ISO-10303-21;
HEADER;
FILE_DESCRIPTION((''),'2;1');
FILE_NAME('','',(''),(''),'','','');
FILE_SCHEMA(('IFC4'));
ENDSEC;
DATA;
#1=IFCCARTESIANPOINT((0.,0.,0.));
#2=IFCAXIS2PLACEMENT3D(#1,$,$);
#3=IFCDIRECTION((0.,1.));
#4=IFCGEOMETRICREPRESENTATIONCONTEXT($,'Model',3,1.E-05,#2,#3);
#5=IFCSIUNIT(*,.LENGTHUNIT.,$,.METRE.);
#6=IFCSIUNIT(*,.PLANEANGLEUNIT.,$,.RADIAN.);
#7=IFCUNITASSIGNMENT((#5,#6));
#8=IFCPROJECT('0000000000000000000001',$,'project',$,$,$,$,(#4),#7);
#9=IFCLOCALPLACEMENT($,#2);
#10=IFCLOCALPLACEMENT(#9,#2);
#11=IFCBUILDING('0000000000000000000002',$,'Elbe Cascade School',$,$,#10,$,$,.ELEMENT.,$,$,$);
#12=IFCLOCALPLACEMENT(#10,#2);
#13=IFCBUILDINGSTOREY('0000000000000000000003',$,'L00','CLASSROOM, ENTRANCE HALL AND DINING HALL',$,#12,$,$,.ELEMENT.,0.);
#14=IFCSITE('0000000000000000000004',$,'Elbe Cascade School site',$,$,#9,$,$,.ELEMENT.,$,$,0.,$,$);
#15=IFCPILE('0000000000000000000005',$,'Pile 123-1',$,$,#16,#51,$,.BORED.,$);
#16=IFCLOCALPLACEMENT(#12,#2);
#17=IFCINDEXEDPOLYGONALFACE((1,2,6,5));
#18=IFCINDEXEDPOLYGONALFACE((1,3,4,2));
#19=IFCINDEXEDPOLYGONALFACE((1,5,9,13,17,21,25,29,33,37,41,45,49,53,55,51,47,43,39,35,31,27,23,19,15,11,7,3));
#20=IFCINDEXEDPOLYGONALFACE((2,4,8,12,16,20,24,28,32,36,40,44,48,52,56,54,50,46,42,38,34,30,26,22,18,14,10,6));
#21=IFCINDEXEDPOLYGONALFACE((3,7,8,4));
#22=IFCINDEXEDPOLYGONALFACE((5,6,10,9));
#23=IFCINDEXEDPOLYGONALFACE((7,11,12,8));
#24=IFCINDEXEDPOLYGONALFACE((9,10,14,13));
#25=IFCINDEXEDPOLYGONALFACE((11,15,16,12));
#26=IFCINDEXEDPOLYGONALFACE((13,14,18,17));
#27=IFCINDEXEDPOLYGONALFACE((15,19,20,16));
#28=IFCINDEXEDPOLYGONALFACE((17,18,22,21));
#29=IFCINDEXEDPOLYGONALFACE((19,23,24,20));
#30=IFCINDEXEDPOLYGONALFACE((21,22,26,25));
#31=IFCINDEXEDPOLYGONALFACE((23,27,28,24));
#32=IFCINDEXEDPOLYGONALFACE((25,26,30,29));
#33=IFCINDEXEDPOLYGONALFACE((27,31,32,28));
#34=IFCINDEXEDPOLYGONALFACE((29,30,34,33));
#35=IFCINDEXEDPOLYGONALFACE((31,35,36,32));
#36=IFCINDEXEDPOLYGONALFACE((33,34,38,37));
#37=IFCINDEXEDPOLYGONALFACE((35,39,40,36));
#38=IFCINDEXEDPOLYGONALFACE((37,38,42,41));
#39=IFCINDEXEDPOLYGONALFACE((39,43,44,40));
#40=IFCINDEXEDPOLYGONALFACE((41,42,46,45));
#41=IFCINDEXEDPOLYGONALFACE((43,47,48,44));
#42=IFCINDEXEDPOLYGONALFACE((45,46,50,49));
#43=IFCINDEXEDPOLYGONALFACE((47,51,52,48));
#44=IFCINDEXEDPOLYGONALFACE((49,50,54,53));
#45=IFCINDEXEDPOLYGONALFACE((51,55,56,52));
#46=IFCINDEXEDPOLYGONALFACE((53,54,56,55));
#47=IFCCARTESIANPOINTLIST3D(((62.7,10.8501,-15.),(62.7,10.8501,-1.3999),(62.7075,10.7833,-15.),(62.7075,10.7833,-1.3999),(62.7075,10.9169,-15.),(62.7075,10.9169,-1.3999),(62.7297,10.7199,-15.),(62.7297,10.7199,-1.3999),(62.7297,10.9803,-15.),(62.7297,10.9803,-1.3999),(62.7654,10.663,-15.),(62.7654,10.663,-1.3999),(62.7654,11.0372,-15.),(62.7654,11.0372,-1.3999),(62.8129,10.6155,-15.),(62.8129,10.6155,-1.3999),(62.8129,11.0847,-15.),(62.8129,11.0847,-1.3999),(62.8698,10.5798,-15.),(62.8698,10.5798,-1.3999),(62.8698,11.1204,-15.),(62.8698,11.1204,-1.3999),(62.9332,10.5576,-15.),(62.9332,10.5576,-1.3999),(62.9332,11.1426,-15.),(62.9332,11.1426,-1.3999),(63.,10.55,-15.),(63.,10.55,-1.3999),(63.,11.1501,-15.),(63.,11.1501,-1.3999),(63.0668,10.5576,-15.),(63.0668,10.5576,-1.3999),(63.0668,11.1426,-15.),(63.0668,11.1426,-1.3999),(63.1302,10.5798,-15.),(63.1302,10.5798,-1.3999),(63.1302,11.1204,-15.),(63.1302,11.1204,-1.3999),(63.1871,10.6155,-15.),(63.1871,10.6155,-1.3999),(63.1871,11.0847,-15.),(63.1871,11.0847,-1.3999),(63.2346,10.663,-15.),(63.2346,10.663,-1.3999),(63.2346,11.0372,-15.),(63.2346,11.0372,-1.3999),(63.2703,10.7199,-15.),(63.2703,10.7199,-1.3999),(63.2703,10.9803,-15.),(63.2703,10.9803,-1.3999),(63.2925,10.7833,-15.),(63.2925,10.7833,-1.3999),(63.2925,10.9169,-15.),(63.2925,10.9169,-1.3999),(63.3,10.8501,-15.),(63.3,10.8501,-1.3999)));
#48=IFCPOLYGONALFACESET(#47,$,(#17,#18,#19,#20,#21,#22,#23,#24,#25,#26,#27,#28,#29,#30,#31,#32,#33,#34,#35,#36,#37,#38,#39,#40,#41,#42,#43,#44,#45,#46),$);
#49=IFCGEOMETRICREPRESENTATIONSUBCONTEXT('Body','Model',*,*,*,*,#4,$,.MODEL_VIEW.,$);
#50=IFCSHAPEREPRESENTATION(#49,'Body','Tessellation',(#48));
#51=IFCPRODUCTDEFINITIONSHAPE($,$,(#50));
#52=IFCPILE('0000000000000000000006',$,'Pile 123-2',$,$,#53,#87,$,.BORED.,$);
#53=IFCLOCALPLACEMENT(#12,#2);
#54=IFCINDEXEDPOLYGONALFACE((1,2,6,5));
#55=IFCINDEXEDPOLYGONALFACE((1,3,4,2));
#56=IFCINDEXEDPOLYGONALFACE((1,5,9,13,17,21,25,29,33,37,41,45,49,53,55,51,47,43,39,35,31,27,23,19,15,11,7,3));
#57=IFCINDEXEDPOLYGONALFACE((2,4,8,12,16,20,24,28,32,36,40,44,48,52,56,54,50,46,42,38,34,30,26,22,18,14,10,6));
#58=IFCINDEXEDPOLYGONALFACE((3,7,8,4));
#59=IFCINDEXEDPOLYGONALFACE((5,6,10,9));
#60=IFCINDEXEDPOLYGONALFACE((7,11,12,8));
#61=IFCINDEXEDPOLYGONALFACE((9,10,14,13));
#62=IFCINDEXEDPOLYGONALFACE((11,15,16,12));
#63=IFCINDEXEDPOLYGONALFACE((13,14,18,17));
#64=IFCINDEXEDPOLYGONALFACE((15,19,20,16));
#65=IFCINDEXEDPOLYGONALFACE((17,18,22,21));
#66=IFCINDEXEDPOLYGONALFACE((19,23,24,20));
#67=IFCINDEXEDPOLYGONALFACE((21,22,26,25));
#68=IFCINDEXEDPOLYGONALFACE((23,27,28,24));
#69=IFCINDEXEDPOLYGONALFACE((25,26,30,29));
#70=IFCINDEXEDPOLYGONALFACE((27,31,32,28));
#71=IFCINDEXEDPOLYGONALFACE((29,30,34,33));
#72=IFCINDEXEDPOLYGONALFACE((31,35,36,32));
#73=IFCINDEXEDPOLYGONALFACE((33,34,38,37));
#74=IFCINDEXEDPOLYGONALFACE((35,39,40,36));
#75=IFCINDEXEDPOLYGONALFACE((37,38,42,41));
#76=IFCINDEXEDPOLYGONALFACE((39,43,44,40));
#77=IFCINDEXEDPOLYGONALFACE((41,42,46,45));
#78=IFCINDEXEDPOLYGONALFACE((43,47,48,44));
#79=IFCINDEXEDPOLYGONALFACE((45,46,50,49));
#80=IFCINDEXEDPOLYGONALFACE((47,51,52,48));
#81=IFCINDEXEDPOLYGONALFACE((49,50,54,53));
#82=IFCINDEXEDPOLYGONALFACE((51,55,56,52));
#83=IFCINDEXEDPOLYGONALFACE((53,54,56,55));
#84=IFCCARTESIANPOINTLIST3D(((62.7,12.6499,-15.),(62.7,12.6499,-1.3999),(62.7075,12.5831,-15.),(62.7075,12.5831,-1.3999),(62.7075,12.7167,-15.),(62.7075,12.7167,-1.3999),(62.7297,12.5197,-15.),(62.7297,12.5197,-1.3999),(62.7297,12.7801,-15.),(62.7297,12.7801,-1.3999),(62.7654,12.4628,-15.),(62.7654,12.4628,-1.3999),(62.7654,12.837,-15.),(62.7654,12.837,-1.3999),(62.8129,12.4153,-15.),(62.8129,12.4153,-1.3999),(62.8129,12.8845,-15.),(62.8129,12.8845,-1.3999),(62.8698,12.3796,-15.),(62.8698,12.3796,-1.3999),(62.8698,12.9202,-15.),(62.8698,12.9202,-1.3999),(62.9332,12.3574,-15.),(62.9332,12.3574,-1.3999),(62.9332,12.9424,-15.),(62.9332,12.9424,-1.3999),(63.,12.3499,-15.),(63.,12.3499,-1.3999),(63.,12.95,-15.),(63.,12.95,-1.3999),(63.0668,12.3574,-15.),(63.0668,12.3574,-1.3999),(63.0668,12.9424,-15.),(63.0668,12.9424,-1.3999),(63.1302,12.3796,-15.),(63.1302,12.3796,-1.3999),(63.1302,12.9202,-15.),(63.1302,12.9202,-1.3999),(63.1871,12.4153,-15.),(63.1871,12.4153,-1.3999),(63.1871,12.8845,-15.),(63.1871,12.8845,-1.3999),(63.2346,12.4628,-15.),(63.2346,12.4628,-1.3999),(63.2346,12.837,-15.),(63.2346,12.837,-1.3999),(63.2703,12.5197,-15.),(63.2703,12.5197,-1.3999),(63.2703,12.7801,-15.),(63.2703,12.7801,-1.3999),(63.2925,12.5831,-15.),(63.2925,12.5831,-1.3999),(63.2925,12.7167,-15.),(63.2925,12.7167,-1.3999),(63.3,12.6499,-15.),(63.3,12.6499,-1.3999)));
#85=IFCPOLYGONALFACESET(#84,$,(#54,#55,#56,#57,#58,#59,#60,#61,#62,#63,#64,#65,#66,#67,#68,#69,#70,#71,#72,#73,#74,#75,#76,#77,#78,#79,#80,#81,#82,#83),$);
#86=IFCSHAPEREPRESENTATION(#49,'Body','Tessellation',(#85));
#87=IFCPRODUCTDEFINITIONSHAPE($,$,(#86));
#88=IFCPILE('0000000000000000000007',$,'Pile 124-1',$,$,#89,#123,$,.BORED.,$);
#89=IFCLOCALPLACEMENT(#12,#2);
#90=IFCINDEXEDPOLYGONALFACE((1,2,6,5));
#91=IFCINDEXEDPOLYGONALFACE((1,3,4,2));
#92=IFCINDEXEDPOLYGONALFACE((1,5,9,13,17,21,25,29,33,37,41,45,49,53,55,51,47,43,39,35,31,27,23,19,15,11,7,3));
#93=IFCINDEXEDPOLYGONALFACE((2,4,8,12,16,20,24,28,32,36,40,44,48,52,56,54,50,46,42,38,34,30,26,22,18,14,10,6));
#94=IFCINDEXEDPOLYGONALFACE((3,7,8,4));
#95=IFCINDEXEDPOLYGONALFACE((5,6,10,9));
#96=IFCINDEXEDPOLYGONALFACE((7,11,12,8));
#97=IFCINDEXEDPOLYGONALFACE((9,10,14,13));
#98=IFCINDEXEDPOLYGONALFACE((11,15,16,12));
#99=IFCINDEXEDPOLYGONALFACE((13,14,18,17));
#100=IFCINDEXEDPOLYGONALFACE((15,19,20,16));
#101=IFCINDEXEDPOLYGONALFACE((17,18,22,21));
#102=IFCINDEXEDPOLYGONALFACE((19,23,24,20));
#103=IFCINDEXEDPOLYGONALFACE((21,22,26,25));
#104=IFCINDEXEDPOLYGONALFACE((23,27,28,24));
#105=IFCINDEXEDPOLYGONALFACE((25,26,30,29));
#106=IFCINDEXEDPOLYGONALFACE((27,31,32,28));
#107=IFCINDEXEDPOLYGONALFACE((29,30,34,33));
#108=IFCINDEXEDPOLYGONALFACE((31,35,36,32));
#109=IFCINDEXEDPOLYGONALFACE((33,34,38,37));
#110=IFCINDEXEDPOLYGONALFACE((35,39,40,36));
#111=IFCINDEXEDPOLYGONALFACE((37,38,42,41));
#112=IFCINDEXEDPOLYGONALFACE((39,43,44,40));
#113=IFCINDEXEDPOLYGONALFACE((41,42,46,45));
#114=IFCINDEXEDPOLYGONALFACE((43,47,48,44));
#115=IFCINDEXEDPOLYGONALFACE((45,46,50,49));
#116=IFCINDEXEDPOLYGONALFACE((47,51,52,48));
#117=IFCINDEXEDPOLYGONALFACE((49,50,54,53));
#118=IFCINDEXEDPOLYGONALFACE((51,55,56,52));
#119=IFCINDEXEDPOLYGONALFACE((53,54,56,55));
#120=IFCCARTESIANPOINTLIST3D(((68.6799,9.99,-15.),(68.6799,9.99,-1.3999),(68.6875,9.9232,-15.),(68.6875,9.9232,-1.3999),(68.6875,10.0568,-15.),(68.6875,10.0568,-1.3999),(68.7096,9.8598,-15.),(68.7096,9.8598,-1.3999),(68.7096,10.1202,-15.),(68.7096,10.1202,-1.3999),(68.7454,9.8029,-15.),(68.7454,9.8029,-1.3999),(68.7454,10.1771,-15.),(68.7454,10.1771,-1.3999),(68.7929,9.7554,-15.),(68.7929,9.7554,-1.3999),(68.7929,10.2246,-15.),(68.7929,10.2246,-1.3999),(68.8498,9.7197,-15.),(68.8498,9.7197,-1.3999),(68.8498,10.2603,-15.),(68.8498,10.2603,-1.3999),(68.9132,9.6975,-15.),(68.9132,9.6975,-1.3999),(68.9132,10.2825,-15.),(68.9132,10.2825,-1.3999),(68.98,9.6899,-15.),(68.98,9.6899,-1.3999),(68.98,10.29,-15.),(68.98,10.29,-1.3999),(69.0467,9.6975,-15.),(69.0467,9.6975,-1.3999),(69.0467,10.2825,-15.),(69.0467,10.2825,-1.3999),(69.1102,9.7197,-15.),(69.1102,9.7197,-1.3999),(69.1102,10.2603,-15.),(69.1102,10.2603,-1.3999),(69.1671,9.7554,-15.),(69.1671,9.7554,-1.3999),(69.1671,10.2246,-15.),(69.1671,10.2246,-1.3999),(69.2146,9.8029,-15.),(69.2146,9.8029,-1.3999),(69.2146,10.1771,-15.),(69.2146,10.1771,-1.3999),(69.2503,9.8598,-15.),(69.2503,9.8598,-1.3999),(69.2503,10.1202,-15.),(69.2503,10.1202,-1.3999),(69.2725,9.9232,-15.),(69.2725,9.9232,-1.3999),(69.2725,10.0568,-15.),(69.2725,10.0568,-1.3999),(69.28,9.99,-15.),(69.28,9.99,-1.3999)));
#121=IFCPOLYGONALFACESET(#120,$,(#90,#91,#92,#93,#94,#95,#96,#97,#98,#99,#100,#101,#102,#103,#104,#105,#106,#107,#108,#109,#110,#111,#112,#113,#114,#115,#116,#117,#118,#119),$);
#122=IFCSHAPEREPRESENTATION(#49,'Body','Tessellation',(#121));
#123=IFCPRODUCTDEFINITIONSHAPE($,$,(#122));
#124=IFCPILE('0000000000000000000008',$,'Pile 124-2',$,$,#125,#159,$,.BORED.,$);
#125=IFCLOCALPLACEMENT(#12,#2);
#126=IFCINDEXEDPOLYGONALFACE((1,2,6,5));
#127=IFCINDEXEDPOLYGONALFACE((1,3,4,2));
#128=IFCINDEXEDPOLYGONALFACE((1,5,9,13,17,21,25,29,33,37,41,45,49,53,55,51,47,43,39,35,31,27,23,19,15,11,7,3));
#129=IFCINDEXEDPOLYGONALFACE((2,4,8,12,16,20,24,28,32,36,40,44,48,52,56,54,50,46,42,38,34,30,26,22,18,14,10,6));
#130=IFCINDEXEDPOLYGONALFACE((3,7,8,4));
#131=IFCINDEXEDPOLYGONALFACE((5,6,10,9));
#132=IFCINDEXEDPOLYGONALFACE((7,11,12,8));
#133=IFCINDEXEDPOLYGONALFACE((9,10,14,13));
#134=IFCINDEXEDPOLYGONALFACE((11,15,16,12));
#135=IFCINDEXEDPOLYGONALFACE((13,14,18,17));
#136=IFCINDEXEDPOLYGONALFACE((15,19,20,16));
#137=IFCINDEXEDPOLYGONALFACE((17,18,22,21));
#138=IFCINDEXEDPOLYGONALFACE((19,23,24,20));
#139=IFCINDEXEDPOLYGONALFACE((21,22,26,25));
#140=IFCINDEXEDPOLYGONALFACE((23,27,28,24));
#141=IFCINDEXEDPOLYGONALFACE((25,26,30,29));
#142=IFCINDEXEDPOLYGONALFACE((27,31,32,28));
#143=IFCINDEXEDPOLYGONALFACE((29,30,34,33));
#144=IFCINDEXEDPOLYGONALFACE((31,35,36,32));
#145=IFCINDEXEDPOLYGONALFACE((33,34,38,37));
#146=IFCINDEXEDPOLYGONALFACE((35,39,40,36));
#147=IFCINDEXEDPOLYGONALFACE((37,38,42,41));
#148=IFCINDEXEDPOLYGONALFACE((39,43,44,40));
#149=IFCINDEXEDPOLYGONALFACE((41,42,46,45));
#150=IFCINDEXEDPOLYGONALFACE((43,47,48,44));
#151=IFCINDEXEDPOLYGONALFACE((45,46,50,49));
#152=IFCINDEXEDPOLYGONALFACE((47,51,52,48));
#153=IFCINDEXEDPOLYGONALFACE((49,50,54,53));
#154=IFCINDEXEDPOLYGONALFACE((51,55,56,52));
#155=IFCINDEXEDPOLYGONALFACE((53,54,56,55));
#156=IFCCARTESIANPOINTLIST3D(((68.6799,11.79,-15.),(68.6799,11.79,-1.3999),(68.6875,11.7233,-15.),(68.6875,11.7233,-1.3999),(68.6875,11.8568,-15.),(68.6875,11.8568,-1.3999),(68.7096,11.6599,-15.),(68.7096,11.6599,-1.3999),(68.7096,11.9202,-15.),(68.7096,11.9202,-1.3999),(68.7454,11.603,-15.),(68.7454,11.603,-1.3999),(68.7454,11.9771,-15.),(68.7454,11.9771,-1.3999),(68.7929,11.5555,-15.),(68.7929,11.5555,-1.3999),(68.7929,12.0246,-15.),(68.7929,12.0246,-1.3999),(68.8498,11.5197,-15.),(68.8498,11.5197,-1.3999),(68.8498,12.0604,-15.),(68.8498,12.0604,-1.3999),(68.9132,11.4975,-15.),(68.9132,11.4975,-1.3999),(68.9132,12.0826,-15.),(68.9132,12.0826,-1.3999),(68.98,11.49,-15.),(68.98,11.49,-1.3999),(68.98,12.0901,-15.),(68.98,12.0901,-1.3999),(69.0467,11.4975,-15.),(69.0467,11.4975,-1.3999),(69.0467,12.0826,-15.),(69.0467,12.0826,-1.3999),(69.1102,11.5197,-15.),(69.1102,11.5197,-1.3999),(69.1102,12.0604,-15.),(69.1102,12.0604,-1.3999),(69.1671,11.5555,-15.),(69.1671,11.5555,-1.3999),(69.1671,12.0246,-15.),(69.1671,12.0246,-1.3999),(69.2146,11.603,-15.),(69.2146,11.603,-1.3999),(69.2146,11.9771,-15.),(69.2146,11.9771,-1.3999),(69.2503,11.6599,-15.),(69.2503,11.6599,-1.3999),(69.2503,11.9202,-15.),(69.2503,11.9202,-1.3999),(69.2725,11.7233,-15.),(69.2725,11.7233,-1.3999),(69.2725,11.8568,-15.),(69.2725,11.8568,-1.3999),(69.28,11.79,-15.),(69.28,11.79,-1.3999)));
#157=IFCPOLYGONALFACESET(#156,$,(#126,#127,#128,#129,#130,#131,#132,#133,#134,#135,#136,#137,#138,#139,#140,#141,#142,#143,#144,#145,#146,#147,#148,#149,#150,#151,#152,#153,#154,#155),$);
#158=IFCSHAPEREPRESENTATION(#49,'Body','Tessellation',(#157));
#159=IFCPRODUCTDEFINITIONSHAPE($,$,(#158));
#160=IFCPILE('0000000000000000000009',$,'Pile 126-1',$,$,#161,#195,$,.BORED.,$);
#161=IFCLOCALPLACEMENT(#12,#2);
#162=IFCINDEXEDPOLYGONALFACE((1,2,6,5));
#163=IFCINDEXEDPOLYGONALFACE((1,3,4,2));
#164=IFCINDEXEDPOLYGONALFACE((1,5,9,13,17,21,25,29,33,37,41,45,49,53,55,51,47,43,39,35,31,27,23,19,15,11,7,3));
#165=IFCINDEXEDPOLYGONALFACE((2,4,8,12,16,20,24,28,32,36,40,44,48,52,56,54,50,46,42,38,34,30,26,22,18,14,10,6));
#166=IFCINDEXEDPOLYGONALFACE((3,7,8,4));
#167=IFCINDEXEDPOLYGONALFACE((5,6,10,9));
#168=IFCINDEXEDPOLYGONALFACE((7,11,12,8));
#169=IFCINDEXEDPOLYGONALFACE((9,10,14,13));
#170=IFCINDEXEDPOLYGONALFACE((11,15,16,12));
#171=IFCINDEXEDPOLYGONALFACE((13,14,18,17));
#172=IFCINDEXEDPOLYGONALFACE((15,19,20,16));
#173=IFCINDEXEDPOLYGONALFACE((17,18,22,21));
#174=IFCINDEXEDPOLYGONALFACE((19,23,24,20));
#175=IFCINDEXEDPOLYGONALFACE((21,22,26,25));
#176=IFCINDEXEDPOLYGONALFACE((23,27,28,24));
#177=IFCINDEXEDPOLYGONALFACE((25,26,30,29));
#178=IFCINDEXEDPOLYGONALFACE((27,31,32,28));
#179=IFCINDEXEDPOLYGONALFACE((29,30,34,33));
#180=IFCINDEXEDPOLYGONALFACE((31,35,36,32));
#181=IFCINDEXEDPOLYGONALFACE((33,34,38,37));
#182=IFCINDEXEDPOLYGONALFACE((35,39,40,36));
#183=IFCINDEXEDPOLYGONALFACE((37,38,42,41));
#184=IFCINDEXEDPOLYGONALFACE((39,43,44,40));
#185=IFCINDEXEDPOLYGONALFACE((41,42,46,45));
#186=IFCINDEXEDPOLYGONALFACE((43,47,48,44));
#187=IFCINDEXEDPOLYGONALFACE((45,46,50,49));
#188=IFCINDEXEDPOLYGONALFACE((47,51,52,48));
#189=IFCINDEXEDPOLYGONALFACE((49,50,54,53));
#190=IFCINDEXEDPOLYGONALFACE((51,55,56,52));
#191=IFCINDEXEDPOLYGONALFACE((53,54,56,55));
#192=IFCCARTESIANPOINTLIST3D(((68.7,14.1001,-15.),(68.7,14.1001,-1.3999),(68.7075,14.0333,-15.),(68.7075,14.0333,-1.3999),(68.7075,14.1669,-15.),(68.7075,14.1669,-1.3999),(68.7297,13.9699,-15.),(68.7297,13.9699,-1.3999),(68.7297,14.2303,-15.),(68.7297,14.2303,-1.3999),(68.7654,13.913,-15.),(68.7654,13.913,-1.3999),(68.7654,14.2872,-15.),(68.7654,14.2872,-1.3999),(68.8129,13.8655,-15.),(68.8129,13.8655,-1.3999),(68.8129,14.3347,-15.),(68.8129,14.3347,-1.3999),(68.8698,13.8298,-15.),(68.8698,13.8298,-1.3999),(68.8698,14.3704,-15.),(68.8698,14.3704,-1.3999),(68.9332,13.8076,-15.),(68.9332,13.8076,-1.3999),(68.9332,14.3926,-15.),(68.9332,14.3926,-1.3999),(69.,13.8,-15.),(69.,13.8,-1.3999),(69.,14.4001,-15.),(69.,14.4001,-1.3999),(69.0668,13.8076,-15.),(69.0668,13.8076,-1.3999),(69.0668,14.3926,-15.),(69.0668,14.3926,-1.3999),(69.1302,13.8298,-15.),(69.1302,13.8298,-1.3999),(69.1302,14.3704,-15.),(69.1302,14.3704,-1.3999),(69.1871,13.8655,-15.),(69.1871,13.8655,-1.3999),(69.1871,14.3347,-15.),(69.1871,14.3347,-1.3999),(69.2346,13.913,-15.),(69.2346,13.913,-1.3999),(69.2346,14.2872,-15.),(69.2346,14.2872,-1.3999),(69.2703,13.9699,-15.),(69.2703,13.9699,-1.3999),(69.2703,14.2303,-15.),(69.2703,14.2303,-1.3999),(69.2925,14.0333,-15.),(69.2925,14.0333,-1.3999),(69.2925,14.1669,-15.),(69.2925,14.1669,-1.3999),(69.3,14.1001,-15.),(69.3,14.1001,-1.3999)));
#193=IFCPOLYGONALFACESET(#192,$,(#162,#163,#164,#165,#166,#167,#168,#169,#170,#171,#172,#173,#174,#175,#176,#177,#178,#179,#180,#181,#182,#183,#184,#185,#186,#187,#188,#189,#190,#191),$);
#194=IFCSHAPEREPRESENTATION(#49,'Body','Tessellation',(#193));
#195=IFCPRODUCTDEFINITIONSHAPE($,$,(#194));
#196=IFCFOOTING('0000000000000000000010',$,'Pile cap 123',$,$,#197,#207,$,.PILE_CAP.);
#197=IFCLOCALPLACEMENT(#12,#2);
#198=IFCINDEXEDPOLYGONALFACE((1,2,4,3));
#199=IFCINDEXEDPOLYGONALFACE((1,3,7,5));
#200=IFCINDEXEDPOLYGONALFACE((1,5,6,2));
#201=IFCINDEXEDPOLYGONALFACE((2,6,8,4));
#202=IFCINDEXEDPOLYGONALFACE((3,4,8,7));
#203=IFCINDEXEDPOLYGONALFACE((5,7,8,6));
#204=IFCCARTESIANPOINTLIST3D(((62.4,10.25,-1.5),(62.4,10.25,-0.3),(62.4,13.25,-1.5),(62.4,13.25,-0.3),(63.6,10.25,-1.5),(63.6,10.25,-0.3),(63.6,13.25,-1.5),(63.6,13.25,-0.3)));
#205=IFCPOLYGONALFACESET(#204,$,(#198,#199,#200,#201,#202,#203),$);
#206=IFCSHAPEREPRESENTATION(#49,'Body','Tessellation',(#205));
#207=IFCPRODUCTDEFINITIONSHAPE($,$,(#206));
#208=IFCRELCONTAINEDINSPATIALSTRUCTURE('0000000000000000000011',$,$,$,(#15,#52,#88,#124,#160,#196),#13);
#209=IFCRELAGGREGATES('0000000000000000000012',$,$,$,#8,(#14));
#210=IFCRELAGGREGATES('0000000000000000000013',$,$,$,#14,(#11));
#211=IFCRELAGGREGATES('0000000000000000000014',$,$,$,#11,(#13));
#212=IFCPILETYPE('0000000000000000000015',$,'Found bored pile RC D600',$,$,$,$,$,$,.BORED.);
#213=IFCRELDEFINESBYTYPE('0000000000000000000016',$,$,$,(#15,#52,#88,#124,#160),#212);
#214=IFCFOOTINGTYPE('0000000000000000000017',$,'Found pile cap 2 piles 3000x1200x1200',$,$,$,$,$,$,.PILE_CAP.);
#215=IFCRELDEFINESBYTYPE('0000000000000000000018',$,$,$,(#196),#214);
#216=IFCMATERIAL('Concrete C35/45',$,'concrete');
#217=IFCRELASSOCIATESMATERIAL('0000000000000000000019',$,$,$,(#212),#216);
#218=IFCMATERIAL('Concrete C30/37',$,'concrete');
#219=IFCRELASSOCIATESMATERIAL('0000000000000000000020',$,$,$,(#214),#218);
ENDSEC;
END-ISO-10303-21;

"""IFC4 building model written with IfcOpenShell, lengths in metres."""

from ifc_helpers import new_model, si_unit, direction, frame, origin, origin_2d, place, context, subcontext, project, spatial, rectangle, circle, extrude, material, material_profile, profile_set, type_object, element, save


model = new_model("IFC4")

# Units and contexts
model_context = context("Model", 3, precision=1e-05, world=origin(), true_north=direction((0.0, 1.0)))
body_context = subcontext(model_context, "Body", "Model", "MODEL_VIEW")
ifc_project = project(units=[si_unit("LENGTHUNIT", "METRE"), si_unit("PLANEANGLEUNIT", "RADIAN")], contexts=[model_context])

# Site, building, storey
site_placement = place(None, origin())
site = spatial("IfcSite", under=ifc_project, at=site_placement, Name="Elbe Cascade School site", CompositionType="ELEMENT", RefElevation=0.0)
building_placement = place(site_placement, origin())
building = spatial("IfcBuilding", under=site, at=building_placement, Name="Elbe Cascade School", CompositionType="ELEMENT")
storey_placement = place(building_placement, origin())
storey = spatial("IfcBuildingStorey", under=building, at=storey_placement, Name="L00", Description="CLASSROOM, ENTRANCE HALL AND DINING HALL", CompositionType="ELEMENT", Elevation=0.0)

# Piles
ifc_material_1 = material(Name="Concrete C35/45", Category="concrete")
ifc_material_profile_1 = material_profile(ifc_material_1, circle(Radius=0.3, at=origin_2d()), Name="RC D600")
ifc_profile_set_1 = profile_set([ifc_material_profile_1], Name="Concrete C35/45")
pile_type = type_object("IfcPileType", Name="Found bored pile RC D600", PredefinedType="BORED", material=ifc_profile_set_1)
for number, where, z_axis, x_axis, name in (
    (1, (63.0, 10.8501, -1.3999), (0.0, 0.0, -1.0), (1.0, 0.0, 0.0), "Pile 123-1"),
    (2, (63.0, 12.6499, -1.3999), (0.0, 0.0, -1.0), (1.0, 0.0, 0.0), "Pile 123-2"),
    (3, (68.98, 9.99, -1.3999), (0.0, 0.0, -1.0), (1.0, 0.0, 0.0), "Pile 124-1"),
    (4, (68.98, 11.79, -1.3999), (0.0, 0.0, -1.0), (1.0, 0.0, 0.0), "Pile 124-2"),
    (5, (69.0, 14.1001, -1.3999), (0.0, 0.0, -1.0), (1.0, 0.0, 0.0), "Pile 126-1"),
):
    element("IfcPile", number, at=place(storey_placement, frame(where, z_axis=z_axis, x_axis=x_axis)), inside=storey, type_object=pile_type, Name=name, PredefinedType="BORED", context=body_context, shape_type="SweptSolid", body=[
        extrude(circle(Radius=0.3, at=origin_2d()), origin(), (0.0, 0.0, 1.0), 13.6001),
    ])

# Footing
ifc_material_2 = material(Name="Concrete C30/37", Category="concrete")
footing_type = type_object("IfcFootingType", Name="Found pile cap 2 piles 3000x1200x1200", PredefinedType="PILE_CAP", material=ifc_material_2)
for number, where, z_axis, x_axis, name in (
    (6, (63.0, 11.75, -1.5), (0.0, 0.0, 1.0), (1.0, 0.0, 0.0), "Pile cap 123"),
):
    element("IfcFooting", number, at=place(storey_placement, frame(where, z_axis=z_axis, x_axis=x_axis)), inside=storey, type_object=footing_type, Name=name, PredefinedType="PILE_CAP", context=body_context, shape_type="SweptSolid", body=[
        extrude(rectangle(XDim=1.2, YDim=3.0, at=origin_2d()), origin(), (0.0, 0.0, 1.0), 1.2),
    ])

save(model, "model.ifc")
